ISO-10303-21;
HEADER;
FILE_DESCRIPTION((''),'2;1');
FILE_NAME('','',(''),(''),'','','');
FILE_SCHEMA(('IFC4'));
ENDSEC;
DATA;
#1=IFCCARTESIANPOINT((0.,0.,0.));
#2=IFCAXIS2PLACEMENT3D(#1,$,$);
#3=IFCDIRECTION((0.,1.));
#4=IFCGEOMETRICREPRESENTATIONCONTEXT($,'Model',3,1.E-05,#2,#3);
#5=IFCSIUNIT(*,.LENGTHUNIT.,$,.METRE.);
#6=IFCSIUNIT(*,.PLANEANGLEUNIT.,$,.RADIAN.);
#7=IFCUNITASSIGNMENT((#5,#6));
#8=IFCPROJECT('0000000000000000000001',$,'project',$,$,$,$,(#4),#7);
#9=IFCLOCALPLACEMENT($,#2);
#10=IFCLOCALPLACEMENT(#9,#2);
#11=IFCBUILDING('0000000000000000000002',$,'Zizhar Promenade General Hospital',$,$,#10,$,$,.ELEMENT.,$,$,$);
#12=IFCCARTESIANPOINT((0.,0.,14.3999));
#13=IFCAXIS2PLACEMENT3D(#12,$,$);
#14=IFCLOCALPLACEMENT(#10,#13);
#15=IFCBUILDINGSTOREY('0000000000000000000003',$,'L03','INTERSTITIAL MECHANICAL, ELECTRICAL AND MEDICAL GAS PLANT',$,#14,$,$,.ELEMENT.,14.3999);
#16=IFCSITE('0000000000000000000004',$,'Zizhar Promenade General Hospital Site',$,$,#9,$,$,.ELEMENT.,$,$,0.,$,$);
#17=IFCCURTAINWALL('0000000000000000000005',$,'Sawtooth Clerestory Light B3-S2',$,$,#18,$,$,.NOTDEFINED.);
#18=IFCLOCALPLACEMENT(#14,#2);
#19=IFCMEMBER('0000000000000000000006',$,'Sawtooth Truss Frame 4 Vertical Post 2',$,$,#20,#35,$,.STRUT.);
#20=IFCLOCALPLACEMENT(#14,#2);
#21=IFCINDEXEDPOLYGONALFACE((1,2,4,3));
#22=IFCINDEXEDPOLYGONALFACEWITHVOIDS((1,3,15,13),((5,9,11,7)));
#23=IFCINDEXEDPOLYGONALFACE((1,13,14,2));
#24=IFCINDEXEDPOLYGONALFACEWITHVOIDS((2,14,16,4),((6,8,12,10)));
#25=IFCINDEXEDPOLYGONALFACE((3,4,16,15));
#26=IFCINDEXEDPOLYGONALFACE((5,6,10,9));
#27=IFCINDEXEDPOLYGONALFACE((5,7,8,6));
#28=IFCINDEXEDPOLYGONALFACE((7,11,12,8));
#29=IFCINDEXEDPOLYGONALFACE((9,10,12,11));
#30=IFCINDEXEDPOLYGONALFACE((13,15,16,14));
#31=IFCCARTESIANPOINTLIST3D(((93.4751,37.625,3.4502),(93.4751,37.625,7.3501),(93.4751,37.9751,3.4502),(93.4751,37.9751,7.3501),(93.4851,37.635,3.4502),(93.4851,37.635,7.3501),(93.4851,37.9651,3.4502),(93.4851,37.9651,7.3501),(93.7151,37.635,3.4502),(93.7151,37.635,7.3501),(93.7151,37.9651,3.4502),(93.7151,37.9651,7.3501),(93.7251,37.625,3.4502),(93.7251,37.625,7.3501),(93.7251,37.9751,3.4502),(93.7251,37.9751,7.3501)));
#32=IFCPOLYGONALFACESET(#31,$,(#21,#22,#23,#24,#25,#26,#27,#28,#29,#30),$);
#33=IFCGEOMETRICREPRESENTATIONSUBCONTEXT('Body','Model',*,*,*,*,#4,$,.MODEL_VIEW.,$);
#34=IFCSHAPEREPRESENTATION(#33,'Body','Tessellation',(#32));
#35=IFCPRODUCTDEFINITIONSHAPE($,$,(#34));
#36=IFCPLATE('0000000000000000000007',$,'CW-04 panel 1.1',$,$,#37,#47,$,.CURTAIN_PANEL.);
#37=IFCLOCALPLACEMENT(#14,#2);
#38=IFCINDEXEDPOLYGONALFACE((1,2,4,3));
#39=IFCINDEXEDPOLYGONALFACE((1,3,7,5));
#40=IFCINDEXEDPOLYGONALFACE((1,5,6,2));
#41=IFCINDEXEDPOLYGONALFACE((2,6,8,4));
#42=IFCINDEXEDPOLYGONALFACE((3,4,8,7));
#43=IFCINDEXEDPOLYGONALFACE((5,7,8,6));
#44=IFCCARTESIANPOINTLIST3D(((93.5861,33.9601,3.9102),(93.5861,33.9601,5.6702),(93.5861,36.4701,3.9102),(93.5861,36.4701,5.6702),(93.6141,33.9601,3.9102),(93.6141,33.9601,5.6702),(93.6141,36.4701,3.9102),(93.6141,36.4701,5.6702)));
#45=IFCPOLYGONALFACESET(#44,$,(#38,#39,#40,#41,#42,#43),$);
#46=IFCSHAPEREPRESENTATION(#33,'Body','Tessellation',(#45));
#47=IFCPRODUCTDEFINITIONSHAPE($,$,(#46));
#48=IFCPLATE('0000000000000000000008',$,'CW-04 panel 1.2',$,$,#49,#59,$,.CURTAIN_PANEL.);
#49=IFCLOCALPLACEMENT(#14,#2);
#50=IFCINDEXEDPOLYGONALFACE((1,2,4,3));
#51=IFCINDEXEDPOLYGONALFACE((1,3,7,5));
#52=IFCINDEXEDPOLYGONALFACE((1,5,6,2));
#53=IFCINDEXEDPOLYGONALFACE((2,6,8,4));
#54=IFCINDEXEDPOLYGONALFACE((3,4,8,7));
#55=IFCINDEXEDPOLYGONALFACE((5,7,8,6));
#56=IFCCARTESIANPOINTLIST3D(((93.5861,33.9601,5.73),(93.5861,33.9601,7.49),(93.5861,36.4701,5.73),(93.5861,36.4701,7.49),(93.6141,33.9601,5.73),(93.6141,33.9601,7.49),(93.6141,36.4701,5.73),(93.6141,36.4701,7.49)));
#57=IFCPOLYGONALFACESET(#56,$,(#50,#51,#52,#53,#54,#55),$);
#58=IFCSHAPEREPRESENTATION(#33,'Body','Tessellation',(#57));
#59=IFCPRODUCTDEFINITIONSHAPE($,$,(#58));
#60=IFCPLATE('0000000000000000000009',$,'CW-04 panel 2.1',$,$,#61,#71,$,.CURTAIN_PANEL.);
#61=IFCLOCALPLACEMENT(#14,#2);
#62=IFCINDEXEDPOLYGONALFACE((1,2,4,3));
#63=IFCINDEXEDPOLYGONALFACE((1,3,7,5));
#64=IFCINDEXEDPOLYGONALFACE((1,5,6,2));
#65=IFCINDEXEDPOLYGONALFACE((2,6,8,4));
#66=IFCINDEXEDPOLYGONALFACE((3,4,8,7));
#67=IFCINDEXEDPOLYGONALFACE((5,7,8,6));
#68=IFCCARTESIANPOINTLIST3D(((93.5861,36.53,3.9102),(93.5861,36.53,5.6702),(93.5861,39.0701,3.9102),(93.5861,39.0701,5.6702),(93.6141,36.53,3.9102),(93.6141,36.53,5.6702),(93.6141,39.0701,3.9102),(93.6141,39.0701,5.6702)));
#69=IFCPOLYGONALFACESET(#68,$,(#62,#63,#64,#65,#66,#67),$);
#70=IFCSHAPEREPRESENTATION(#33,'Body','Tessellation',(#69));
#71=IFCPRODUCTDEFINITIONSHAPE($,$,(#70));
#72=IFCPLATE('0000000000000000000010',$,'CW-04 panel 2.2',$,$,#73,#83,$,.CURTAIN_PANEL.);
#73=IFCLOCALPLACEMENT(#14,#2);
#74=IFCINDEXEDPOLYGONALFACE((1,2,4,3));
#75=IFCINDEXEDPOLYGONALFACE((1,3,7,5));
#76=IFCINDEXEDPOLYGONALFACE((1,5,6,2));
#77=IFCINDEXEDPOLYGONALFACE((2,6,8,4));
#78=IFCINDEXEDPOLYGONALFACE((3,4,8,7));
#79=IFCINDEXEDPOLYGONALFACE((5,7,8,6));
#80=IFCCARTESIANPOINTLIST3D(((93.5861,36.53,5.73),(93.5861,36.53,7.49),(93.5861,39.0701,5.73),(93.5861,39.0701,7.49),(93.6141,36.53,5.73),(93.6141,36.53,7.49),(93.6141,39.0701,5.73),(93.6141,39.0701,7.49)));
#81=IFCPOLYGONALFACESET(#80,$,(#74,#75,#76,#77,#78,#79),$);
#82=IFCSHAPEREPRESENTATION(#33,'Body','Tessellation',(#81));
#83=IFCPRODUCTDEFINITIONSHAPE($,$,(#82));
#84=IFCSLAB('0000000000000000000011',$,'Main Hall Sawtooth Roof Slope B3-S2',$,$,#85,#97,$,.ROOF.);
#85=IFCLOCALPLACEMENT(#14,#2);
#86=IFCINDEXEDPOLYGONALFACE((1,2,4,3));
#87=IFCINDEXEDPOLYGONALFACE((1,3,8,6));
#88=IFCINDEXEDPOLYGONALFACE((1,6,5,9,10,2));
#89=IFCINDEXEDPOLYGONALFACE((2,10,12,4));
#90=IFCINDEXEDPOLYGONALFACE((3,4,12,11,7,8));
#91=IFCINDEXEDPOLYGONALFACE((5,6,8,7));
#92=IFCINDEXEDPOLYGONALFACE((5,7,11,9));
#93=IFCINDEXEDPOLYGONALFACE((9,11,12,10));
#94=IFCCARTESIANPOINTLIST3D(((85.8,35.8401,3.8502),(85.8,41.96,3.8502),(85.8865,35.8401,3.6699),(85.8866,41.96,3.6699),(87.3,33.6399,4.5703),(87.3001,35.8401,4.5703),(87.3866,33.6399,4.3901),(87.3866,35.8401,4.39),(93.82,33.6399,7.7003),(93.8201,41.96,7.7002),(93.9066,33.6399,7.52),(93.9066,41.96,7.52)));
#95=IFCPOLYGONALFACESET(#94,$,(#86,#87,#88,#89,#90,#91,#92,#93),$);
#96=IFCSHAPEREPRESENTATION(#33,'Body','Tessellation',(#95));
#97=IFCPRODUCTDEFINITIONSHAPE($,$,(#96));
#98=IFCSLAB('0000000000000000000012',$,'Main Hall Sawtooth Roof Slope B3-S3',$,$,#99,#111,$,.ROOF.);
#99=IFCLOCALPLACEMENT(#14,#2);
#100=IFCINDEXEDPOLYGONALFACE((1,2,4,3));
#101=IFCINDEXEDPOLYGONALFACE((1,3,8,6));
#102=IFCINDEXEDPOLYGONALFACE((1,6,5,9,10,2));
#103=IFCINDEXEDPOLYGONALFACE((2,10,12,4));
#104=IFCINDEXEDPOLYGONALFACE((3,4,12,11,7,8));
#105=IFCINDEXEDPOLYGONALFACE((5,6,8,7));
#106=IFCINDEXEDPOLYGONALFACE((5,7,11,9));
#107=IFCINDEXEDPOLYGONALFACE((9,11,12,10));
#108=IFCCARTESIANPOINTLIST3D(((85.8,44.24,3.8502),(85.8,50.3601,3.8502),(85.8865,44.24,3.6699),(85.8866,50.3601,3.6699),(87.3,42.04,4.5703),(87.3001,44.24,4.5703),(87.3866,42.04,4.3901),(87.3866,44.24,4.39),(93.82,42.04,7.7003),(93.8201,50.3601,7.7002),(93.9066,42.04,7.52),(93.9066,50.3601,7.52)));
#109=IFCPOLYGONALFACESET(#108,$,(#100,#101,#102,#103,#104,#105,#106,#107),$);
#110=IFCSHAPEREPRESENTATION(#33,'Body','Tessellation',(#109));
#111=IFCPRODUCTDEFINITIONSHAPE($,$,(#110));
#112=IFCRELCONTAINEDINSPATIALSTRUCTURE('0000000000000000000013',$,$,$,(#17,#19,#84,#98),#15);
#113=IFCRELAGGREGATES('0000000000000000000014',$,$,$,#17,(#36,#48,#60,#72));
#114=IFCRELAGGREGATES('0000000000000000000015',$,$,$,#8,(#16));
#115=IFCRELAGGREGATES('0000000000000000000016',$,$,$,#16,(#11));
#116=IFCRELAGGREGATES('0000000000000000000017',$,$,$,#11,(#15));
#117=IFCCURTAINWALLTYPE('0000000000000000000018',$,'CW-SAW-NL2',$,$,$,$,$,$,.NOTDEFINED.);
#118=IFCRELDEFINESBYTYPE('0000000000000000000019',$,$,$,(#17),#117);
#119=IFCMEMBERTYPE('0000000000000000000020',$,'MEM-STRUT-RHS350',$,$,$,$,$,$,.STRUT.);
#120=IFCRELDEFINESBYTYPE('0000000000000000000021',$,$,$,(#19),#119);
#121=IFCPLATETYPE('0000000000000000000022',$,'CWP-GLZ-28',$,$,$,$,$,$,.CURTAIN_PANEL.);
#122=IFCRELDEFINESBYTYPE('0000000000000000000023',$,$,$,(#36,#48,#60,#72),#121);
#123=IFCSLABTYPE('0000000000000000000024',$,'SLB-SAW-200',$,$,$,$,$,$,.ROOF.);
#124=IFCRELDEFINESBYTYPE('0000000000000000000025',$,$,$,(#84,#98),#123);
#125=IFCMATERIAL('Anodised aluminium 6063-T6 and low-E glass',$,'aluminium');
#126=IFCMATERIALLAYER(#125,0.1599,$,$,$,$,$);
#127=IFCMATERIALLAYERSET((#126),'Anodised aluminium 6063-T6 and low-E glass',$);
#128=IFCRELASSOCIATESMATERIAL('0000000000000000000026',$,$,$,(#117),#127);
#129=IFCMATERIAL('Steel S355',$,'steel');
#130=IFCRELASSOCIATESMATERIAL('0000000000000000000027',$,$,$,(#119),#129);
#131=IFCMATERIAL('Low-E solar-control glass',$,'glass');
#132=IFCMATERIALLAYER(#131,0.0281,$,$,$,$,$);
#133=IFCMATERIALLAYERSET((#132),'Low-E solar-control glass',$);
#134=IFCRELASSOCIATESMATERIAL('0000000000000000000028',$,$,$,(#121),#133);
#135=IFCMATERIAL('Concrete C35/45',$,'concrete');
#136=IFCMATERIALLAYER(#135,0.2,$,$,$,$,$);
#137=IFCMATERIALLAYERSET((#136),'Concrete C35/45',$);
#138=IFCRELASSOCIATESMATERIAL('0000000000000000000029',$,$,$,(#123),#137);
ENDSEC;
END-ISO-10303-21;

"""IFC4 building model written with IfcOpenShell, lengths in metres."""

from ifc_helpers import new_model, si_unit, direction, frame, origin, origin_2d, place, context, subcontext, project, spatial, polyline, rectangle, hollow_rectangle, outline, extrude, material, layer, layer_set, material_profile, profile_set, type_object, element, aggregate, save


model = new_model("IFC4")

# Units and contexts
model_context = context("Model", 3, precision=1e-05, world=origin(), true_north=direction((0.0, 1.0)))
body_context = subcontext(model_context, "Body", "Model", "MODEL_VIEW")
ifc_project = project(units=[si_unit("LENGTHUNIT", "METRE"), si_unit("PLANEANGLEUNIT", "RADIAN")], contexts=[model_context])

# Site, building, storey
site_placement = place(None, origin())
site = spatial("IfcSite", under=ifc_project, at=site_placement, Name="Zizhar Promenade General Hospital Site", CompositionType="ELEMENT", RefElevation=0.0)
building_placement = place(site_placement, origin())
building = spatial("IfcBuilding", under=site, at=building_placement, Name="Zizhar Promenade General Hospital", CompositionType="ELEMENT")
storey_placement = place(building_placement, frame((0.0, 0.0, 14.3999)))
storey = spatial("IfcBuildingStorey", under=building, at=storey_placement, Name="L03", Description="INTERSTITIAL MECHANICAL, ELECTRICAL AND MEDICAL GAS PLANT", CompositionType="ELEMENT", Elevation=14.3999)

# Curtain wall
ifc_material_1 = material(Name="Anodised aluminium 6063-T6 and low-E glass", Category="aluminium")
ifc_layer_1 = layer(ifc_material_1, 0.1599)
ifc_layer_set_1 = layer_set([ifc_layer_1], Name="Anodised aluminium 6063-T6 and low-E glass")
curtain_wall_type = type_object("IfcCurtainWallType", Name="CW-SAW-NL2", PredefinedType="NOTDEFINED", material=ifc_layer_set_1)
curtain_wall_placement = place(storey_placement, origin())
curtain_wall = element("IfcCurtainWall", 1, at=curtain_wall_placement, inside=storey, type_object=curtain_wall_type, Name="Sawtooth Clerestory Light B3-S2", PredefinedType="NOTDEFINED")

# Member
ifc_material_2 = material(Name="Steel S355", Category="steel")
ifc_material_profile_1 = material_profile(ifc_material_2, hollow_rectangle(XDim=0.25, YDim=0.3501, WallThickness=0.01, at=origin_2d()))
ifc_profile_set_1 = profile_set([ifc_material_profile_1], Name="Steel S355")
member_type_1 = type_object("IfcMemberType", Name="MEM-STRUT-RHS350", PredefinedType="STRUT", material=ifc_profile_set_1)
member_1_placement = place(storey_placement, frame((93.6001, 37.8, 3.4502), z_axis=(0.0, 0.0, 1.0), x_axis=(1.0, 0.0, 0.0)))
element("IfcMember", 2, at=member_1_placement, inside=storey, type_object=member_type_1, Name="Sawtooth Truss Frame 4 Vertical Post 2", PredefinedType="STRUT", context=body_context, shape_type="SweptSolid", body=[
    extrude(hollow_rectangle(XDim=0.25, YDim=0.3501, WallThickness=0.01, at=origin_2d()), origin(), (0.0, 0.0, 1.0), 3.8999),
])

# Plates
ifc_material_3 = material(Name="Low-E solar-control glass", Category="glass")
ifc_layer_2 = layer(ifc_material_3, 0.0281)
ifc_layer_set_2 = layer_set([ifc_layer_2], Name="Low-E solar-control glass")
plate_type = type_object("IfcPlateType", Name="CWP-GLZ-28", PredefinedType="CURTAIN_PANEL", material=ifc_layer_set_2)
plate_1_placement = place(storey_placement, frame((93.6001, 35.2151, 3.9102), z_axis=(0.0, 0.0, 1.0), x_axis=(0.0, 1.0, 0.0)))
plate_1 = element("IfcPlate", 3, at=plate_1_placement, type_object=plate_type, Name="CW-04 panel 1.1", PredefinedType="CURTAIN_PANEL", context=body_context, shape_type="SweptSolid", body=[
    extrude(rectangle(XDim=2.51, YDim=0.0281, at=origin_2d()), origin(), (0.0, 0.0, 1.0), 1.76),
])
plate_2_placement = place(storey_placement, frame((93.6001, 35.2151, 5.73), z_axis=(0.0, 0.0, 1.0), x_axis=(0.0, 1.0, 0.0)))
plate_2 = element("IfcPlate", 4, at=plate_2_placement, type_object=plate_type, Name="CW-04 panel 1.2", PredefinedType="CURTAIN_PANEL", context=body_context, shape_type="SweptSolid", body=[
    extrude(rectangle(XDim=2.51, YDim=0.0281, at=origin_2d()), origin(), (0.0, 0.0, 1.0), 1.76),
])
plate_3_placement = place(storey_placement, frame((93.6001, 37.8, 3.9102), z_axis=(0.0, 0.0, 1.0), x_axis=(0.0, 1.0, 0.0)))
plate_3 = element("IfcPlate", 5, at=plate_3_placement, type_object=plate_type, Name="CW-04 panel 2.1", PredefinedType="CURTAIN_PANEL", context=body_context, shape_type="SweptSolid", body=[
    extrude(rectangle(XDim=2.54, YDim=0.0281, at=origin_2d()), origin(), (0.0, 0.0, 1.0), 1.76),
])
plate_4_placement = place(storey_placement, frame((93.6001, 37.8, 5.73), z_axis=(0.0, 0.0, 1.0), x_axis=(0.0, 1.0, 0.0)))
plate_4 = element("IfcPlate", 6, at=plate_4_placement, type_object=plate_type, Name="CW-04 panel 2.2", PredefinedType="CURTAIN_PANEL", context=body_context, shape_type="SweptSolid", body=[
    extrude(rectangle(XDim=2.54, YDim=0.0281, at=origin_2d()), origin(), (0.0, 0.0, 1.0), 1.76),
])
aggregate(curtain_wall, [plate_1, plate_2, plate_3, plate_4])

# Slabs
ifc_material_4 = material(Name="Concrete C35/45", Category="concrete")
ifc_layer_3 = layer(ifc_material_4, 0.2)
ifc_layer_set_3 = layer_set([ifc_layer_3], Name="Concrete C35/45")
slab_type = type_object("IfcSlabType", Name="SLB-SAW-200", PredefinedType="ROOF", material=ifc_layer_set_3)
slab_1_placement = place(storey_placement, frame((87.3, 33.6399, 4.5703), z_axis=(-0.432773, 0.000007, 0.901503), x_axis=(0.901503, 0.0, 0.432773)))
element("IfcSlab", 7, at=slab_1_placement, inside=storey, type_object=slab_type, Name="Main Hall Sawtooth Roof Slope B3-S2", PredefinedType="ROOF", context=body_context, shape_type="SweptSolid", body=[
    extrude(outline(polyline([(0.0, 0.0), (7.2323, 0.0), (7.2323, 8.3201), (-1.6639, 8.3201), (-1.6639, 2.2002), (0.0, 2.2002), (0.0, 0.0)])), origin(), (0.0, 0.0, -1.0), 0.2),
])
slab_2_placement = place(storey_placement, frame((87.3, 42.04, 4.5703), z_axis=(-0.432773, 0.000007, 0.901503), x_axis=(0.901503, 0.0, 0.432773)))
element("IfcSlab", 8, at=slab_2_placement, inside=storey, type_object=slab_type, Name="Main Hall Sawtooth Roof Slope B3-S3", PredefinedType="ROOF", context=body_context, shape_type="SweptSolid", body=[
    extrude(outline(polyline([(0.0, 0.0), (7.2323, 0.0), (7.2323, 8.3201), (-1.6639, 8.3201), (-1.6639, 2.2), (0.0, 2.2), (0.0, 0.0)])), origin(), (0.0, 0.0, -1.0), 0.2),
])

save(model, "model.ifc")
